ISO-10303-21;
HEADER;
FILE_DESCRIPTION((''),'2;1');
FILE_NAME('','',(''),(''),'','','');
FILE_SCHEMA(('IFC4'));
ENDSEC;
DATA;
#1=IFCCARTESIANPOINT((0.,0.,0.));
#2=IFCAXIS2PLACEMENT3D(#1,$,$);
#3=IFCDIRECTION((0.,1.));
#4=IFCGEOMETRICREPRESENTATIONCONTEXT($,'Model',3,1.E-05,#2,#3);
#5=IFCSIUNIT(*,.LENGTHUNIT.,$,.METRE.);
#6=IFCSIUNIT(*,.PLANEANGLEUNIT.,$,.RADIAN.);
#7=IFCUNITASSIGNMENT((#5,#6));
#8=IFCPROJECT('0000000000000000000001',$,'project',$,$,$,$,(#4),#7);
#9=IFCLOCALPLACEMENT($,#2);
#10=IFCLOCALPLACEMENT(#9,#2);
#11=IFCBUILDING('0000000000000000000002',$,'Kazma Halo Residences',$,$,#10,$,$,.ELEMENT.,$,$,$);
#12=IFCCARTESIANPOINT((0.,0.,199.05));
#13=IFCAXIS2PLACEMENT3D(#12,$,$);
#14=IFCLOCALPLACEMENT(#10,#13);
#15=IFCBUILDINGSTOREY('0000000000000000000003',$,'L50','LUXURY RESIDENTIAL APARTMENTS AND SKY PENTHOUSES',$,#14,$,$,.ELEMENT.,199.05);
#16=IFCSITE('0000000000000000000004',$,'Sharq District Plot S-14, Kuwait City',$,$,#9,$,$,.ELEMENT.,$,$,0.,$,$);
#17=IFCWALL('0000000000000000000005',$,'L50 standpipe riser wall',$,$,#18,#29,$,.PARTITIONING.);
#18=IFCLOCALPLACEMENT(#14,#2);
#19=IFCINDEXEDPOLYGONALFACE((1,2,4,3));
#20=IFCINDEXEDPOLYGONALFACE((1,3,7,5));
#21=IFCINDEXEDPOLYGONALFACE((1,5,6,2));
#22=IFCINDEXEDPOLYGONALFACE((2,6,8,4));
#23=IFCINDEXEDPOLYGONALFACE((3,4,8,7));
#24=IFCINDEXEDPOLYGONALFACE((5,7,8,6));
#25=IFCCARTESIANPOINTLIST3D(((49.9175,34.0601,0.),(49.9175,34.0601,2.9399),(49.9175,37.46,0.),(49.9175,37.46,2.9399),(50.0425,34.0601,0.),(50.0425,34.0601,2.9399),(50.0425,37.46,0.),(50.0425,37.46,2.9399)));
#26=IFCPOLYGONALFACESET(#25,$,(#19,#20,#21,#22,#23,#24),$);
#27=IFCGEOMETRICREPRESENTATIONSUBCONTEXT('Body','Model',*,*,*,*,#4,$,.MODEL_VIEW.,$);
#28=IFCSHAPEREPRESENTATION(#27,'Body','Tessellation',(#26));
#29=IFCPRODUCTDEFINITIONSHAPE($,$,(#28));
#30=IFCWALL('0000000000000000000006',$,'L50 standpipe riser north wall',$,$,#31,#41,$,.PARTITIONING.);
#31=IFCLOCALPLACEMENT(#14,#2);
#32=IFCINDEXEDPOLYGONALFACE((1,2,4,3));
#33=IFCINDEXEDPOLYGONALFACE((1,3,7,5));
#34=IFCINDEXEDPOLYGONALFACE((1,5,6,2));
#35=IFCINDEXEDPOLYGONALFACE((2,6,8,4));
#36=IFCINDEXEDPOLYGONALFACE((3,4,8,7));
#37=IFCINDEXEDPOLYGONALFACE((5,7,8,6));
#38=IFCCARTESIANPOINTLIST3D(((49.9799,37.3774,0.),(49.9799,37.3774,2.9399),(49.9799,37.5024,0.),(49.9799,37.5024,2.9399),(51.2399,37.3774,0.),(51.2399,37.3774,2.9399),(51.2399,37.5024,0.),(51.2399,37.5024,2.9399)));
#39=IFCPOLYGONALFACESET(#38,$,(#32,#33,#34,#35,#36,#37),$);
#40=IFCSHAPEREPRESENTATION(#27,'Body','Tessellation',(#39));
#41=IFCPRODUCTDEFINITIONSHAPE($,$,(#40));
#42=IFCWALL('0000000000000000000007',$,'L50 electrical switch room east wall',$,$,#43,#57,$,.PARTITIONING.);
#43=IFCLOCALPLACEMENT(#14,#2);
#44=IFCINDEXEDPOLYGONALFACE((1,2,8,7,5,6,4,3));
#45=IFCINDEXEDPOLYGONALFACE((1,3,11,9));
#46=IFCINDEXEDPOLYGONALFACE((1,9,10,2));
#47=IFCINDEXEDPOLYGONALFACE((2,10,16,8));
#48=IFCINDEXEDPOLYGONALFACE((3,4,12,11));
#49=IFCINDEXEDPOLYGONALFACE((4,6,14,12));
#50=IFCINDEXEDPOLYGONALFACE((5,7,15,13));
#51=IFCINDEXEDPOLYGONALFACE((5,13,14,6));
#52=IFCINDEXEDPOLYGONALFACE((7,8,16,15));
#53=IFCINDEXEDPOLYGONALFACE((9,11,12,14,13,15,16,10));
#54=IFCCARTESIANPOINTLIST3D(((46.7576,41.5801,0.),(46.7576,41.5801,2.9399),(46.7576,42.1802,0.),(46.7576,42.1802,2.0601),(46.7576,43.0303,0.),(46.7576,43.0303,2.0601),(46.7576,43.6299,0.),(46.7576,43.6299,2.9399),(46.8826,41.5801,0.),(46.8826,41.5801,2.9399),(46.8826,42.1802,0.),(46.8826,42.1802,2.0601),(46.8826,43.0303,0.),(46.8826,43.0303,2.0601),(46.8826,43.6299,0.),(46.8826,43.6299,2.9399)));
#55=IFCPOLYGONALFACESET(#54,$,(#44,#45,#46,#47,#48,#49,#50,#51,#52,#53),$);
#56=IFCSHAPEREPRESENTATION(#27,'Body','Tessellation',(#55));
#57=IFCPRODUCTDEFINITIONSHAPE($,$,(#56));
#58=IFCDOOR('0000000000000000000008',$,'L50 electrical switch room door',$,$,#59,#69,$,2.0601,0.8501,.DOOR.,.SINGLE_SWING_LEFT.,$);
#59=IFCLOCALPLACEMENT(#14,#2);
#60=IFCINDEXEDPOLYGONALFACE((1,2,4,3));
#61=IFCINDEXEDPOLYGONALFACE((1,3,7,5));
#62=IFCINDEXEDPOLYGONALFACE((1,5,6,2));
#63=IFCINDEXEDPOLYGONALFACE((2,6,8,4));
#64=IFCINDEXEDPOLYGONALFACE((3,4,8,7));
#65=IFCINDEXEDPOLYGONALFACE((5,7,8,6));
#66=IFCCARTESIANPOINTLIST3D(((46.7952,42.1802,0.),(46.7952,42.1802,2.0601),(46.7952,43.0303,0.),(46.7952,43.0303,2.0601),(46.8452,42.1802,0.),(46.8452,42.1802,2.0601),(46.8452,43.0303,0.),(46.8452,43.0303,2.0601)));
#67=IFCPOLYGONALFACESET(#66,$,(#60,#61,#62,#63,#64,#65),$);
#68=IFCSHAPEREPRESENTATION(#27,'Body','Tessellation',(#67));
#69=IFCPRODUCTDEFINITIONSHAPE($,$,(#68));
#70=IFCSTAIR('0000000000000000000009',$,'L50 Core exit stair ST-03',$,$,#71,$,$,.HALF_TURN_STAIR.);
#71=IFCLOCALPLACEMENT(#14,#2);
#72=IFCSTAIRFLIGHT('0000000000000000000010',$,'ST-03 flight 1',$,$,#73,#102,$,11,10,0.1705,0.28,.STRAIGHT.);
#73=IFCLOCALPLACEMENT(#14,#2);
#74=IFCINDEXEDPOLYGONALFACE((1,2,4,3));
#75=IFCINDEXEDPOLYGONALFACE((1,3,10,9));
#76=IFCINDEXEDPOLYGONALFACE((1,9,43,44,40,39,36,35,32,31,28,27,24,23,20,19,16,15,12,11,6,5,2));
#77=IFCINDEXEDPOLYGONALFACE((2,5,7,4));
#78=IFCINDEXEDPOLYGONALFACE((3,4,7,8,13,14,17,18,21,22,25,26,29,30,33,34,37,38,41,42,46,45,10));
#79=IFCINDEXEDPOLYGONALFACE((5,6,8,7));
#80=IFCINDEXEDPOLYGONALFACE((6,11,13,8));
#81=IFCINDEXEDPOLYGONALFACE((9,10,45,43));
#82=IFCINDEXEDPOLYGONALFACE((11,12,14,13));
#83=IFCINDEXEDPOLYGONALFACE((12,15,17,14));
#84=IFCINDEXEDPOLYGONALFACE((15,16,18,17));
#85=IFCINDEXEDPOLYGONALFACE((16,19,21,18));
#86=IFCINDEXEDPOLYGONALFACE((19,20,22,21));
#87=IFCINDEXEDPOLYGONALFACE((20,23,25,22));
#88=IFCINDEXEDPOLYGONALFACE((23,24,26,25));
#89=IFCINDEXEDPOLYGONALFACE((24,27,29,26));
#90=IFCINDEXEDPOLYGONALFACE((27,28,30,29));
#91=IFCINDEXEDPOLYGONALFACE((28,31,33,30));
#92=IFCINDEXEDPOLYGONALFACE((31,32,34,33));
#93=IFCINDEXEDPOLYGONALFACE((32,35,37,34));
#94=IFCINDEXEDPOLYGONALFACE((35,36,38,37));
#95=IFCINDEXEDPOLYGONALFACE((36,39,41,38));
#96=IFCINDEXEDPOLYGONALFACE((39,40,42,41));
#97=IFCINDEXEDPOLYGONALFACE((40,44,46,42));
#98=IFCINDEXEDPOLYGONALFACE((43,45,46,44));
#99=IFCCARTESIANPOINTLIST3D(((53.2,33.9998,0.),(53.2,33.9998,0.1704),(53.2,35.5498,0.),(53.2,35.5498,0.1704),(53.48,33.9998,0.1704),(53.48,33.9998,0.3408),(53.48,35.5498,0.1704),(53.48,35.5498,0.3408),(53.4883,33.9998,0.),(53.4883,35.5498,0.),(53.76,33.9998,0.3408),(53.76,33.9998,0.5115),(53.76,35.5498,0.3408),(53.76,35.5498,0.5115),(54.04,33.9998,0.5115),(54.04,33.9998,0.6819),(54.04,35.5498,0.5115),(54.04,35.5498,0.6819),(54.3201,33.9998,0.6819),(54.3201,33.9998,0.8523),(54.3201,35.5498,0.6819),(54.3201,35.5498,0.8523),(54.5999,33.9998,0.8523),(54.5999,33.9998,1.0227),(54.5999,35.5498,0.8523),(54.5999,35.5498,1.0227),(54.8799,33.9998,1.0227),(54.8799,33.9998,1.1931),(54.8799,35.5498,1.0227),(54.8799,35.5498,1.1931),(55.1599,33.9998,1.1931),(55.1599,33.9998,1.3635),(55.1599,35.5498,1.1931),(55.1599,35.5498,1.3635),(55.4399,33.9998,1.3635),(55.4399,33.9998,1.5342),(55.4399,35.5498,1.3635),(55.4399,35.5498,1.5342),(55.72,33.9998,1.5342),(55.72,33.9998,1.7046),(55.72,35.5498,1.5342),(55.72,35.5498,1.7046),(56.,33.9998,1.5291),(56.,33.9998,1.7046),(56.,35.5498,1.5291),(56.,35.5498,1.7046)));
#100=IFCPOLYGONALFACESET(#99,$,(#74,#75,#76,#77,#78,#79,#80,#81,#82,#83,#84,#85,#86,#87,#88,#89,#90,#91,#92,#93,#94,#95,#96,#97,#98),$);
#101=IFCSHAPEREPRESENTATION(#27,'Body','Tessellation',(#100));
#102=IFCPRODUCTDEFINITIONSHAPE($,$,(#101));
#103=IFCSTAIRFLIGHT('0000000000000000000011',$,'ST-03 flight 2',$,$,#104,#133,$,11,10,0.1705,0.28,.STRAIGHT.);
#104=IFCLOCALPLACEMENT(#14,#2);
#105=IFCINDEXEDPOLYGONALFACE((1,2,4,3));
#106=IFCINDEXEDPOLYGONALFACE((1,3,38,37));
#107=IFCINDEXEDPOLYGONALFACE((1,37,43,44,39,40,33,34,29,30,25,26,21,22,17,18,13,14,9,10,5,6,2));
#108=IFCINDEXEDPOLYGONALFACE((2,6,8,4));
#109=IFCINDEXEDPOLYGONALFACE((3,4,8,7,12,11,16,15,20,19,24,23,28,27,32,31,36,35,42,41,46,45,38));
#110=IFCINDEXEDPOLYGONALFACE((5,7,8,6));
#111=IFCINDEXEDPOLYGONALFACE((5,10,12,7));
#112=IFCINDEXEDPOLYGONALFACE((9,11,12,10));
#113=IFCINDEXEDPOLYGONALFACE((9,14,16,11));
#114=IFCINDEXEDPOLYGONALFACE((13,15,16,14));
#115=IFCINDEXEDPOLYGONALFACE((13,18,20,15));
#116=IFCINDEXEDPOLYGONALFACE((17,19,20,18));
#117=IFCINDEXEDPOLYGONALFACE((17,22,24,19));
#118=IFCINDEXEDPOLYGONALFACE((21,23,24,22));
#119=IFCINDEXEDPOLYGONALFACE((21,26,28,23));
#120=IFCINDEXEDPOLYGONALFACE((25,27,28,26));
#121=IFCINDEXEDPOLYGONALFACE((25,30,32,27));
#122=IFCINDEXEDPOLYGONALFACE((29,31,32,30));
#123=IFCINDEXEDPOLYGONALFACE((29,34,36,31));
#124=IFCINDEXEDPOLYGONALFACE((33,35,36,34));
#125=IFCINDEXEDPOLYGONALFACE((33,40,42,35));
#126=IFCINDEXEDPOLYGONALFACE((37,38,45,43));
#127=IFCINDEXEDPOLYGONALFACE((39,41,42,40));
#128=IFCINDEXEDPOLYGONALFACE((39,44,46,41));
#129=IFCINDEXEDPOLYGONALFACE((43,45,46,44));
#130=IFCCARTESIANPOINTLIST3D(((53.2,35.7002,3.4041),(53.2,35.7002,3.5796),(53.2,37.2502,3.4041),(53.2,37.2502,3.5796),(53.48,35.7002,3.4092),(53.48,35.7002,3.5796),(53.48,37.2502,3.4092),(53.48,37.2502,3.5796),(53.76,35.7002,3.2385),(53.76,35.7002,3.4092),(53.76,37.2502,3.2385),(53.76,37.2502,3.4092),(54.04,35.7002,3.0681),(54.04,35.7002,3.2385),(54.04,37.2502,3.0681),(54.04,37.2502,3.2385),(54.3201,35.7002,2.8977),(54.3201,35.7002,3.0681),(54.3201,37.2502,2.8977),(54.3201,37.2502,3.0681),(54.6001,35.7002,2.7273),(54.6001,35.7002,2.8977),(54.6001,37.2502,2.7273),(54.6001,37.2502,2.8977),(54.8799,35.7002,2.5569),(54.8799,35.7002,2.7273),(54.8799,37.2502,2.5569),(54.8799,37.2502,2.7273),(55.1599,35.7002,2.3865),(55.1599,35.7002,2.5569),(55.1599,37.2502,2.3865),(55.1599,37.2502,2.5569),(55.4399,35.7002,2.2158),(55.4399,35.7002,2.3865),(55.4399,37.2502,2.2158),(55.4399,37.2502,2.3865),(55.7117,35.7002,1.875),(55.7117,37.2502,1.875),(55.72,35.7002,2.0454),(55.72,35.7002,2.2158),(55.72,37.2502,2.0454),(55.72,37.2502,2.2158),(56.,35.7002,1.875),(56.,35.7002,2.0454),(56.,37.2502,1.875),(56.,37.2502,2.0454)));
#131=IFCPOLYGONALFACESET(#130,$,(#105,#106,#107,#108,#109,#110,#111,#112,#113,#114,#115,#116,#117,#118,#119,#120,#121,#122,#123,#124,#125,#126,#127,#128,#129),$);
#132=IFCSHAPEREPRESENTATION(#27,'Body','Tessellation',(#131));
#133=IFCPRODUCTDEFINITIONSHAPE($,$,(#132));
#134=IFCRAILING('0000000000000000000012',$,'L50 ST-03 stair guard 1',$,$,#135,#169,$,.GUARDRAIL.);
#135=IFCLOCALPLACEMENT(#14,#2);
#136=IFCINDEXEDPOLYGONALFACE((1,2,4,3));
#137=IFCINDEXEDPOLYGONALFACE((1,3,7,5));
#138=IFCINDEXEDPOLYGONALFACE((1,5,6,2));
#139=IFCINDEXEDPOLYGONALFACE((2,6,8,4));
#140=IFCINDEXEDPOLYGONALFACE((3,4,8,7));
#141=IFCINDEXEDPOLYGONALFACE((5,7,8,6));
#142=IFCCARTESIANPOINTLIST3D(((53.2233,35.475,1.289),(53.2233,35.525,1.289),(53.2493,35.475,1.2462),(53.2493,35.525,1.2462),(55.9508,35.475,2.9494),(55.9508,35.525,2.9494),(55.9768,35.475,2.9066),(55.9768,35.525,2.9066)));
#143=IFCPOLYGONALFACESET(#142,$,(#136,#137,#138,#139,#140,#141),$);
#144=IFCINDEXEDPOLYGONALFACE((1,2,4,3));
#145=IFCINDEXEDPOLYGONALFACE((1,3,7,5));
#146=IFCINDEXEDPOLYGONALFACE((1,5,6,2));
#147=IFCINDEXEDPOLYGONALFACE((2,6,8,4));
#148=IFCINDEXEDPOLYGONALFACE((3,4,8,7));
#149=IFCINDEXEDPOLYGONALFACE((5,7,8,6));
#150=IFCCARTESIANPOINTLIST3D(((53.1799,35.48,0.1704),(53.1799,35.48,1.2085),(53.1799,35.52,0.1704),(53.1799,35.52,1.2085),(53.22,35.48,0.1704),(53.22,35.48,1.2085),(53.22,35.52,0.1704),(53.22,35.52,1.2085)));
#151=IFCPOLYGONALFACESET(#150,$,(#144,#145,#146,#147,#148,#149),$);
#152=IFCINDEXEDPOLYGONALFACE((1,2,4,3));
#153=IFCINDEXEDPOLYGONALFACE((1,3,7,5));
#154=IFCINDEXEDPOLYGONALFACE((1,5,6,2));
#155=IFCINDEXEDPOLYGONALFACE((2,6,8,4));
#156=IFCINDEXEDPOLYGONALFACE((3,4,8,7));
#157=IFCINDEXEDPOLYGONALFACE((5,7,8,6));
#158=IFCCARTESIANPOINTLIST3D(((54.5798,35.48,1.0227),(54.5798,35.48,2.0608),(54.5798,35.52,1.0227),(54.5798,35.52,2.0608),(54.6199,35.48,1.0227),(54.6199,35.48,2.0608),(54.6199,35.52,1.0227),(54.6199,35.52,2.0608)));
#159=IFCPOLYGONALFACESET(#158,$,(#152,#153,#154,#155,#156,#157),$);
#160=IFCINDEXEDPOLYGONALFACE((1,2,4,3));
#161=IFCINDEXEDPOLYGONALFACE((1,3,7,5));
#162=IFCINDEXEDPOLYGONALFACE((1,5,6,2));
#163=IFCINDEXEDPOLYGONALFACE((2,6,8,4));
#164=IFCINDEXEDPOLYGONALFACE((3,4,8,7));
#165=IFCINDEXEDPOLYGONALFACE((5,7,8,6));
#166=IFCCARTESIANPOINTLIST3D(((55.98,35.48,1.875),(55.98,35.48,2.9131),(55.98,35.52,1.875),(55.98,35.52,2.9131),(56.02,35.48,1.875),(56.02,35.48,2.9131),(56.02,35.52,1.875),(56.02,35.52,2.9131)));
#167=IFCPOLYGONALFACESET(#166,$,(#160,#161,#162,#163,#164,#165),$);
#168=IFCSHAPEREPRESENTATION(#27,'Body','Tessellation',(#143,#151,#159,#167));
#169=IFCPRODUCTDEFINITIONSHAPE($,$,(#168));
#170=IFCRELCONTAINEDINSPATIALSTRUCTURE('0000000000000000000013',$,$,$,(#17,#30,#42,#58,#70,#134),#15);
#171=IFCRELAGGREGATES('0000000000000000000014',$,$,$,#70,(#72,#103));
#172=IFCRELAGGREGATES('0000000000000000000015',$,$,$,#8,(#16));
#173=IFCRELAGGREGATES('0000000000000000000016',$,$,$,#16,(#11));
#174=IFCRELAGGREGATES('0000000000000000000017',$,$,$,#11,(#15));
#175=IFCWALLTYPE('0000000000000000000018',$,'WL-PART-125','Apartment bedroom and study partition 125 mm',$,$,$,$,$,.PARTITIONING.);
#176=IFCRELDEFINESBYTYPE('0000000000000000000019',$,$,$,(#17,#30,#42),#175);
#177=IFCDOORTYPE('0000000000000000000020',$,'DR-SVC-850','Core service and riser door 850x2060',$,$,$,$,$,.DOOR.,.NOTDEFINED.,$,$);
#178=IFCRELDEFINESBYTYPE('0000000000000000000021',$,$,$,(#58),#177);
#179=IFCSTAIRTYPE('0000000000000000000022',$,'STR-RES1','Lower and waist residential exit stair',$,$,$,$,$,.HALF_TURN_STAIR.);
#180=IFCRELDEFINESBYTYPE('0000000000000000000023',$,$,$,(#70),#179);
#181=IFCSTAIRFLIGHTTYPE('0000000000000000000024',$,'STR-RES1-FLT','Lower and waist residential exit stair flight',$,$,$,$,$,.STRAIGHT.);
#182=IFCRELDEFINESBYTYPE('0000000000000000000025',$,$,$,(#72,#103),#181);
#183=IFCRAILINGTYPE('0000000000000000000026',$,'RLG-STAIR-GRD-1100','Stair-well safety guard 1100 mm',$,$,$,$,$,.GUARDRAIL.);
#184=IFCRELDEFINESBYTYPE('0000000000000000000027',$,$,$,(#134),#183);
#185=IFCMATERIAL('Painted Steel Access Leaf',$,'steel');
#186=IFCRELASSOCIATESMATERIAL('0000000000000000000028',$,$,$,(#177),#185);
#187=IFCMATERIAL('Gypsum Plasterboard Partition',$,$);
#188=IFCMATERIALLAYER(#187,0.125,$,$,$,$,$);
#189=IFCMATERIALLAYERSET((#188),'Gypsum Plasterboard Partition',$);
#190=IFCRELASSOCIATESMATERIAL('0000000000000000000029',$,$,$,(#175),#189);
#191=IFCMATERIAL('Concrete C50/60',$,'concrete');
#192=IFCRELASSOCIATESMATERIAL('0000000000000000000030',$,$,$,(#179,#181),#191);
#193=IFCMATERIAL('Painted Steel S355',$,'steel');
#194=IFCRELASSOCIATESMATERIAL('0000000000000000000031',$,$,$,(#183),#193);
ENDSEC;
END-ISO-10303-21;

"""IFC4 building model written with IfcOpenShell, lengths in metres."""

from ifc_helpers import new_model, si_unit, direction, frame, frame_2d, origin, origin_2d, place, context, subcontext, project, spatial, polyline, rectangle, outline, extrude, material, layer, layer_set, type_object, element, fill, aggregate, save


model = new_model("IFC4")

# Units and contexts
model_context = context("Model", 3, precision=1e-05, world=origin(), true_north=direction((0.0, 1.0)))
body_context = subcontext(model_context, "Body", "Model", "MODEL_VIEW")
ifc_project = project(units=[si_unit("LENGTHUNIT", "METRE"), si_unit("PLANEANGLEUNIT", "RADIAN")], contexts=[model_context])

# Site, building, storey
site_placement = place(None, origin())
site = spatial("IfcSite", under=ifc_project, at=site_placement, Name="Sharq District Plot S-14, Kuwait City", CompositionType="ELEMENT", RefElevation=0.0)
building_placement = place(site_placement, origin())
building = spatial("IfcBuilding", under=site, at=building_placement, Name="Kazma Halo Residences", CompositionType="ELEMENT")
storey_placement = place(building_placement, frame((0.0, 0.0, 199.05)))
storey = spatial("IfcBuildingStorey", under=building, at=storey_placement, Name="L50", Description="LUXURY RESIDENTIAL APARTMENTS AND SKY PENTHOUSES", CompositionType="ELEMENT", Elevation=199.05)

# Shared definitions
ifc_material_1 = material(Name="Painted Steel Access Leaf", Category="steel")
door_type_1 = type_object("IfcDoorType", Name="DR-SVC-850", Description="Core service and riser door 850x2060", OperationType="NOTDEFINED", PredefinedType="DOOR", material=ifc_material_1)

# Walls
ifc_material_2 = material(Name="Gypsum Plasterboard Partition")
ifc_layer_1 = layer(ifc_material_2, 0.125)
ifc_layer_set_1 = layer_set([ifc_layer_1], Name="Gypsum Plasterboard Partition")
wall_type_1 = type_object("IfcWallType", Name="WL-PART-125", Description="Apartment bedroom and study partition 125 mm", PredefinedType="PARTITIONING", material=ifc_layer_set_1)
wall_1_placement = place(storey_placement, frame((49.98, 34.0601, 0.0), z_axis=(0.0, 0.0, 1.0), x_axis=(0.0, 1.0, 0.0)))
element("IfcWall", 1, at=wall_1_placement, inside=storey, type_object=wall_type_1, Name="L50 standpipe riser wall", PredefinedType="PARTITIONING", context=body_context, shape_type="SweptSolid", body=[
    extrude(rectangle(XDim=3.3999, YDim=0.125, at=frame_2d((1.7, 0.0))), origin(), (0.0, 0.0, 1.0), 2.9399),
])
wall_2_placement = place(storey_placement, frame((49.98, 37.4399, 0.0), z_axis=(0.0, 0.0, 1.0), x_axis=(1.0, 0.0, 0.0)))
element("IfcWall", 2, at=wall_2_placement, inside=storey, type_object=wall_type_1, Name="L50 standpipe riser north wall", PredefinedType="PARTITIONING", context=body_context, shape_type="SweptSolid", body=[
    extrude(rectangle(XDim=1.26, YDim=0.125, at=frame_2d((0.6299, 0.0))), origin(), (0.0, 0.0, 1.0), 2.9399),
])

# Wall, opening, door
wall_3_placement = place(storey_placement, frame((46.8201, 41.5801, 0.0), z_axis=(0.0, 0.0, 1.0), x_axis=(0.0, 1.0, 0.0)))
wall_3 = element("IfcWall", 3, at=wall_3_placement, inside=storey, type_object=wall_type_1, Name="L50 electrical switch room east wall", PredefinedType="PARTITIONING", context=body_context, shape_type="SweptSolid", body=[
    extrude(rectangle(XDim=2.0498, YDim=0.125, at=frame_2d((1.0249, 0.0))), origin(), (0.0, 0.0, 1.0), 2.9399),
])
opening_1_placement = place(wall_3_placement, frame((0.6001, 0.0, 0.0)))
opening_1 = element("IfcOpeningElement", 4, at=opening_1_placement, cuts=wall_3, PredefinedType="OPENING", context=body_context, shape_type="SweptSolid", body=[
    extrude(rectangle(XDim=0.8501, YDim=2.0601, at=frame_2d((0.425, 1.03))), frame((0.0, 0.0725, 0.0), z_axis=(0.0, -1.0, 0.0), x_axis=(1.0, 0.0, 0.0)), (0.0, 0.0, 1.0), 0.145),
])
door_1_placement = place(opening_1_placement, origin())
door_1 = element("IfcDoor", 5, at=door_1_placement, inside=storey, type_object=door_type_1, Name="L50 electrical switch room door", OperationType="SINGLE_SWING_LEFT", OverallHeight=2.0601, OverallWidth=0.8501, PredefinedType="DOOR", context=body_context, shape_type="SweptSolid", body=[
    extrude(rectangle(XDim=0.8501, YDim=2.0601, at=frame_2d((0.425, 1.03))), frame((0.0, 0.0249, 0.0), z_axis=(0.0, -1.0, 0.0), x_axis=(1.0, 0.0, 0.0)), (0.0, 0.0, 1.0), 0.05),
])
fill(opening_1, door_1)
ifc_material_3 = material(Name="Concrete C50/60", Category="concrete")

# Stair, stair flights
stair_type = type_object("IfcStairType", Name="STR-RES1", Description="Lower and waist residential exit stair", PredefinedType="HALF_TURN_STAIR", material=ifc_material_3)
stair_placement = place(storey_placement, origin())
stair = element("IfcStair", 6, at=stair_placement, inside=storey, type_object=stair_type, Name="L50 Core exit stair ST-03", PredefinedType="HALF_TURN_STAIR")
stair_flight_type = type_object("IfcStairFlightType", Name="STR-RES1-FLT", Description="Lower and waist residential exit stair flight", PredefinedType="STRAIGHT", material=ifc_material_3)
stair_flight_1_placement = place(storey_placement, frame((53.2, 34.7749, 0.0), z_axis=(0.0, 0.0, 1.0), x_axis=(1.0, 0.0, 0.0)))
stair_flight_1 = element("IfcStairFlight", 7, at=stair_flight_1_placement, type_object=stair_flight_type, Name="ST-03 flight 1", NumberOfRisers=11, NumberOfTreads=10, PredefinedType="STRAIGHT", RiserHeight=0.1705, TreadLength=0.28, context=body_context, shape_type="SweptSolid", body=[
    extrude(outline(polyline([(0.0, 0.0), (0.0, 0.1704), (0.28, 0.1704), (0.28, 0.3408), (0.5601, 0.3408), (0.5601, 0.5115), (0.8401, 0.5115), (0.8401, 0.6819), (1.1201, 0.6819), (1.1201, 0.8523), (1.3999, 0.8523), (1.3999, 1.0227), (1.6799, 1.0227), (1.6799, 1.1931), (1.96, 1.1931), (1.96, 1.3635), (2.24, 1.3635), (2.24, 1.5342), (2.52, 1.5342), (2.52, 1.7046), (2.8, 1.7046), (2.8, 1.875), (2.8, 1.5291), (0.2883, 0.0), (0.0, 0.0)])), frame((0.0, 0.7749, 0.0), z_axis=(0.0, -1.0, 0.0), x_axis=(1.0, 0.0, 0.0)), (0.0, 0.0, 1.0), 1.55),
])
stair_flight_2_placement = place(storey_placement, frame((56.0, 36.4751, 1.875), z_axis=(0.0, 0.0, 1.0), x_axis=(-1.0, 0.0, 0.0)))
stair_flight_2 = element("IfcStairFlight", 8, at=stair_flight_2_placement, type_object=stair_flight_type, Name="ST-03 flight 2", NumberOfRisers=11, NumberOfTreads=10, PredefinedType="STRAIGHT", RiserHeight=0.1705, TreadLength=0.28, context=body_context, shape_type="SweptSolid", body=[
    extrude(outline(polyline([(0.0, 0.0), (0.0, 0.1704), (0.28, 0.1704), (0.28, 0.3408), (0.5601, 0.3408), (0.5601, 0.5115), (0.8401, 0.5115), (0.8401, 0.6819), (1.1201, 0.6819), (1.1201, 0.8523), (1.3999, 0.8523), (1.3999, 1.0227), (1.6799, 1.0227), (1.6799, 1.1931), (1.96, 1.1931), (1.96, 1.3635), (2.24, 1.3635), (2.24, 1.5342), (2.52, 1.5342), (2.52, 1.7046), (2.8, 1.7046), (2.8, 1.875), (2.8, 1.5291), (0.2883, 0.0), (0.0, 0.0)])), frame((0.0, 0.7749, 0.0), z_axis=(0.0, -1.0, 0.0), x_axis=(1.0, 0.0, 0.0)), (0.0, 0.0, 1.0), 1.55),
])
aggregate(stair, [stair_flight_1, stair_flight_2])

# Railing
ifc_material_4 = material(Name="Painted Steel S355", Category="steel")
railing_type_1 = type_object("IfcRailingType", Name="RLG-STAIR-GRD-1100", Description="Stair-well safety guard 1100 mm", PredefinedType="GUARDRAIL", material=ifc_material_4)
railing_1_placement = place(storey_placement, frame((53.2, 35.5, 0.1704)))
element("IfcRailing", 9, at=railing_1_placement, inside=storey, type_object=railing_type_1, Name="L50 ST-03 stair guard 1", PredefinedType="GUARDRAIL", context=body_context, shape_type="SweptSolid", body=[
    extrude(rectangle(XDim=0.05, YDim=0.05, at=origin_2d()), frame((0.0364, 0.0, 1.0972), z_axis=(0.85417, 0.0, 0.519994), x_axis=(0.0, 1.0, 0.0)), (0.0, 0.0, 1.0), 3.1931),
    extrude(rectangle(XDim=0.04, YDim=0.04, at=origin_2d()), origin(), (0.0, 0.0, 1.0), 1.0381),
    extrude(rectangle(XDim=0.04, YDim=0.04, at=origin_2d()), frame((1.3999, 0.0, 0.8523)), (0.0, 0.0, 1.0), 1.0381),
    extrude(rectangle(XDim=0.04, YDim=0.04, at=origin_2d()), frame((2.8, 0.0, 1.7046)), (0.0, 0.0, 1.0), 1.0381),
])

save(model, "model.ifc")
